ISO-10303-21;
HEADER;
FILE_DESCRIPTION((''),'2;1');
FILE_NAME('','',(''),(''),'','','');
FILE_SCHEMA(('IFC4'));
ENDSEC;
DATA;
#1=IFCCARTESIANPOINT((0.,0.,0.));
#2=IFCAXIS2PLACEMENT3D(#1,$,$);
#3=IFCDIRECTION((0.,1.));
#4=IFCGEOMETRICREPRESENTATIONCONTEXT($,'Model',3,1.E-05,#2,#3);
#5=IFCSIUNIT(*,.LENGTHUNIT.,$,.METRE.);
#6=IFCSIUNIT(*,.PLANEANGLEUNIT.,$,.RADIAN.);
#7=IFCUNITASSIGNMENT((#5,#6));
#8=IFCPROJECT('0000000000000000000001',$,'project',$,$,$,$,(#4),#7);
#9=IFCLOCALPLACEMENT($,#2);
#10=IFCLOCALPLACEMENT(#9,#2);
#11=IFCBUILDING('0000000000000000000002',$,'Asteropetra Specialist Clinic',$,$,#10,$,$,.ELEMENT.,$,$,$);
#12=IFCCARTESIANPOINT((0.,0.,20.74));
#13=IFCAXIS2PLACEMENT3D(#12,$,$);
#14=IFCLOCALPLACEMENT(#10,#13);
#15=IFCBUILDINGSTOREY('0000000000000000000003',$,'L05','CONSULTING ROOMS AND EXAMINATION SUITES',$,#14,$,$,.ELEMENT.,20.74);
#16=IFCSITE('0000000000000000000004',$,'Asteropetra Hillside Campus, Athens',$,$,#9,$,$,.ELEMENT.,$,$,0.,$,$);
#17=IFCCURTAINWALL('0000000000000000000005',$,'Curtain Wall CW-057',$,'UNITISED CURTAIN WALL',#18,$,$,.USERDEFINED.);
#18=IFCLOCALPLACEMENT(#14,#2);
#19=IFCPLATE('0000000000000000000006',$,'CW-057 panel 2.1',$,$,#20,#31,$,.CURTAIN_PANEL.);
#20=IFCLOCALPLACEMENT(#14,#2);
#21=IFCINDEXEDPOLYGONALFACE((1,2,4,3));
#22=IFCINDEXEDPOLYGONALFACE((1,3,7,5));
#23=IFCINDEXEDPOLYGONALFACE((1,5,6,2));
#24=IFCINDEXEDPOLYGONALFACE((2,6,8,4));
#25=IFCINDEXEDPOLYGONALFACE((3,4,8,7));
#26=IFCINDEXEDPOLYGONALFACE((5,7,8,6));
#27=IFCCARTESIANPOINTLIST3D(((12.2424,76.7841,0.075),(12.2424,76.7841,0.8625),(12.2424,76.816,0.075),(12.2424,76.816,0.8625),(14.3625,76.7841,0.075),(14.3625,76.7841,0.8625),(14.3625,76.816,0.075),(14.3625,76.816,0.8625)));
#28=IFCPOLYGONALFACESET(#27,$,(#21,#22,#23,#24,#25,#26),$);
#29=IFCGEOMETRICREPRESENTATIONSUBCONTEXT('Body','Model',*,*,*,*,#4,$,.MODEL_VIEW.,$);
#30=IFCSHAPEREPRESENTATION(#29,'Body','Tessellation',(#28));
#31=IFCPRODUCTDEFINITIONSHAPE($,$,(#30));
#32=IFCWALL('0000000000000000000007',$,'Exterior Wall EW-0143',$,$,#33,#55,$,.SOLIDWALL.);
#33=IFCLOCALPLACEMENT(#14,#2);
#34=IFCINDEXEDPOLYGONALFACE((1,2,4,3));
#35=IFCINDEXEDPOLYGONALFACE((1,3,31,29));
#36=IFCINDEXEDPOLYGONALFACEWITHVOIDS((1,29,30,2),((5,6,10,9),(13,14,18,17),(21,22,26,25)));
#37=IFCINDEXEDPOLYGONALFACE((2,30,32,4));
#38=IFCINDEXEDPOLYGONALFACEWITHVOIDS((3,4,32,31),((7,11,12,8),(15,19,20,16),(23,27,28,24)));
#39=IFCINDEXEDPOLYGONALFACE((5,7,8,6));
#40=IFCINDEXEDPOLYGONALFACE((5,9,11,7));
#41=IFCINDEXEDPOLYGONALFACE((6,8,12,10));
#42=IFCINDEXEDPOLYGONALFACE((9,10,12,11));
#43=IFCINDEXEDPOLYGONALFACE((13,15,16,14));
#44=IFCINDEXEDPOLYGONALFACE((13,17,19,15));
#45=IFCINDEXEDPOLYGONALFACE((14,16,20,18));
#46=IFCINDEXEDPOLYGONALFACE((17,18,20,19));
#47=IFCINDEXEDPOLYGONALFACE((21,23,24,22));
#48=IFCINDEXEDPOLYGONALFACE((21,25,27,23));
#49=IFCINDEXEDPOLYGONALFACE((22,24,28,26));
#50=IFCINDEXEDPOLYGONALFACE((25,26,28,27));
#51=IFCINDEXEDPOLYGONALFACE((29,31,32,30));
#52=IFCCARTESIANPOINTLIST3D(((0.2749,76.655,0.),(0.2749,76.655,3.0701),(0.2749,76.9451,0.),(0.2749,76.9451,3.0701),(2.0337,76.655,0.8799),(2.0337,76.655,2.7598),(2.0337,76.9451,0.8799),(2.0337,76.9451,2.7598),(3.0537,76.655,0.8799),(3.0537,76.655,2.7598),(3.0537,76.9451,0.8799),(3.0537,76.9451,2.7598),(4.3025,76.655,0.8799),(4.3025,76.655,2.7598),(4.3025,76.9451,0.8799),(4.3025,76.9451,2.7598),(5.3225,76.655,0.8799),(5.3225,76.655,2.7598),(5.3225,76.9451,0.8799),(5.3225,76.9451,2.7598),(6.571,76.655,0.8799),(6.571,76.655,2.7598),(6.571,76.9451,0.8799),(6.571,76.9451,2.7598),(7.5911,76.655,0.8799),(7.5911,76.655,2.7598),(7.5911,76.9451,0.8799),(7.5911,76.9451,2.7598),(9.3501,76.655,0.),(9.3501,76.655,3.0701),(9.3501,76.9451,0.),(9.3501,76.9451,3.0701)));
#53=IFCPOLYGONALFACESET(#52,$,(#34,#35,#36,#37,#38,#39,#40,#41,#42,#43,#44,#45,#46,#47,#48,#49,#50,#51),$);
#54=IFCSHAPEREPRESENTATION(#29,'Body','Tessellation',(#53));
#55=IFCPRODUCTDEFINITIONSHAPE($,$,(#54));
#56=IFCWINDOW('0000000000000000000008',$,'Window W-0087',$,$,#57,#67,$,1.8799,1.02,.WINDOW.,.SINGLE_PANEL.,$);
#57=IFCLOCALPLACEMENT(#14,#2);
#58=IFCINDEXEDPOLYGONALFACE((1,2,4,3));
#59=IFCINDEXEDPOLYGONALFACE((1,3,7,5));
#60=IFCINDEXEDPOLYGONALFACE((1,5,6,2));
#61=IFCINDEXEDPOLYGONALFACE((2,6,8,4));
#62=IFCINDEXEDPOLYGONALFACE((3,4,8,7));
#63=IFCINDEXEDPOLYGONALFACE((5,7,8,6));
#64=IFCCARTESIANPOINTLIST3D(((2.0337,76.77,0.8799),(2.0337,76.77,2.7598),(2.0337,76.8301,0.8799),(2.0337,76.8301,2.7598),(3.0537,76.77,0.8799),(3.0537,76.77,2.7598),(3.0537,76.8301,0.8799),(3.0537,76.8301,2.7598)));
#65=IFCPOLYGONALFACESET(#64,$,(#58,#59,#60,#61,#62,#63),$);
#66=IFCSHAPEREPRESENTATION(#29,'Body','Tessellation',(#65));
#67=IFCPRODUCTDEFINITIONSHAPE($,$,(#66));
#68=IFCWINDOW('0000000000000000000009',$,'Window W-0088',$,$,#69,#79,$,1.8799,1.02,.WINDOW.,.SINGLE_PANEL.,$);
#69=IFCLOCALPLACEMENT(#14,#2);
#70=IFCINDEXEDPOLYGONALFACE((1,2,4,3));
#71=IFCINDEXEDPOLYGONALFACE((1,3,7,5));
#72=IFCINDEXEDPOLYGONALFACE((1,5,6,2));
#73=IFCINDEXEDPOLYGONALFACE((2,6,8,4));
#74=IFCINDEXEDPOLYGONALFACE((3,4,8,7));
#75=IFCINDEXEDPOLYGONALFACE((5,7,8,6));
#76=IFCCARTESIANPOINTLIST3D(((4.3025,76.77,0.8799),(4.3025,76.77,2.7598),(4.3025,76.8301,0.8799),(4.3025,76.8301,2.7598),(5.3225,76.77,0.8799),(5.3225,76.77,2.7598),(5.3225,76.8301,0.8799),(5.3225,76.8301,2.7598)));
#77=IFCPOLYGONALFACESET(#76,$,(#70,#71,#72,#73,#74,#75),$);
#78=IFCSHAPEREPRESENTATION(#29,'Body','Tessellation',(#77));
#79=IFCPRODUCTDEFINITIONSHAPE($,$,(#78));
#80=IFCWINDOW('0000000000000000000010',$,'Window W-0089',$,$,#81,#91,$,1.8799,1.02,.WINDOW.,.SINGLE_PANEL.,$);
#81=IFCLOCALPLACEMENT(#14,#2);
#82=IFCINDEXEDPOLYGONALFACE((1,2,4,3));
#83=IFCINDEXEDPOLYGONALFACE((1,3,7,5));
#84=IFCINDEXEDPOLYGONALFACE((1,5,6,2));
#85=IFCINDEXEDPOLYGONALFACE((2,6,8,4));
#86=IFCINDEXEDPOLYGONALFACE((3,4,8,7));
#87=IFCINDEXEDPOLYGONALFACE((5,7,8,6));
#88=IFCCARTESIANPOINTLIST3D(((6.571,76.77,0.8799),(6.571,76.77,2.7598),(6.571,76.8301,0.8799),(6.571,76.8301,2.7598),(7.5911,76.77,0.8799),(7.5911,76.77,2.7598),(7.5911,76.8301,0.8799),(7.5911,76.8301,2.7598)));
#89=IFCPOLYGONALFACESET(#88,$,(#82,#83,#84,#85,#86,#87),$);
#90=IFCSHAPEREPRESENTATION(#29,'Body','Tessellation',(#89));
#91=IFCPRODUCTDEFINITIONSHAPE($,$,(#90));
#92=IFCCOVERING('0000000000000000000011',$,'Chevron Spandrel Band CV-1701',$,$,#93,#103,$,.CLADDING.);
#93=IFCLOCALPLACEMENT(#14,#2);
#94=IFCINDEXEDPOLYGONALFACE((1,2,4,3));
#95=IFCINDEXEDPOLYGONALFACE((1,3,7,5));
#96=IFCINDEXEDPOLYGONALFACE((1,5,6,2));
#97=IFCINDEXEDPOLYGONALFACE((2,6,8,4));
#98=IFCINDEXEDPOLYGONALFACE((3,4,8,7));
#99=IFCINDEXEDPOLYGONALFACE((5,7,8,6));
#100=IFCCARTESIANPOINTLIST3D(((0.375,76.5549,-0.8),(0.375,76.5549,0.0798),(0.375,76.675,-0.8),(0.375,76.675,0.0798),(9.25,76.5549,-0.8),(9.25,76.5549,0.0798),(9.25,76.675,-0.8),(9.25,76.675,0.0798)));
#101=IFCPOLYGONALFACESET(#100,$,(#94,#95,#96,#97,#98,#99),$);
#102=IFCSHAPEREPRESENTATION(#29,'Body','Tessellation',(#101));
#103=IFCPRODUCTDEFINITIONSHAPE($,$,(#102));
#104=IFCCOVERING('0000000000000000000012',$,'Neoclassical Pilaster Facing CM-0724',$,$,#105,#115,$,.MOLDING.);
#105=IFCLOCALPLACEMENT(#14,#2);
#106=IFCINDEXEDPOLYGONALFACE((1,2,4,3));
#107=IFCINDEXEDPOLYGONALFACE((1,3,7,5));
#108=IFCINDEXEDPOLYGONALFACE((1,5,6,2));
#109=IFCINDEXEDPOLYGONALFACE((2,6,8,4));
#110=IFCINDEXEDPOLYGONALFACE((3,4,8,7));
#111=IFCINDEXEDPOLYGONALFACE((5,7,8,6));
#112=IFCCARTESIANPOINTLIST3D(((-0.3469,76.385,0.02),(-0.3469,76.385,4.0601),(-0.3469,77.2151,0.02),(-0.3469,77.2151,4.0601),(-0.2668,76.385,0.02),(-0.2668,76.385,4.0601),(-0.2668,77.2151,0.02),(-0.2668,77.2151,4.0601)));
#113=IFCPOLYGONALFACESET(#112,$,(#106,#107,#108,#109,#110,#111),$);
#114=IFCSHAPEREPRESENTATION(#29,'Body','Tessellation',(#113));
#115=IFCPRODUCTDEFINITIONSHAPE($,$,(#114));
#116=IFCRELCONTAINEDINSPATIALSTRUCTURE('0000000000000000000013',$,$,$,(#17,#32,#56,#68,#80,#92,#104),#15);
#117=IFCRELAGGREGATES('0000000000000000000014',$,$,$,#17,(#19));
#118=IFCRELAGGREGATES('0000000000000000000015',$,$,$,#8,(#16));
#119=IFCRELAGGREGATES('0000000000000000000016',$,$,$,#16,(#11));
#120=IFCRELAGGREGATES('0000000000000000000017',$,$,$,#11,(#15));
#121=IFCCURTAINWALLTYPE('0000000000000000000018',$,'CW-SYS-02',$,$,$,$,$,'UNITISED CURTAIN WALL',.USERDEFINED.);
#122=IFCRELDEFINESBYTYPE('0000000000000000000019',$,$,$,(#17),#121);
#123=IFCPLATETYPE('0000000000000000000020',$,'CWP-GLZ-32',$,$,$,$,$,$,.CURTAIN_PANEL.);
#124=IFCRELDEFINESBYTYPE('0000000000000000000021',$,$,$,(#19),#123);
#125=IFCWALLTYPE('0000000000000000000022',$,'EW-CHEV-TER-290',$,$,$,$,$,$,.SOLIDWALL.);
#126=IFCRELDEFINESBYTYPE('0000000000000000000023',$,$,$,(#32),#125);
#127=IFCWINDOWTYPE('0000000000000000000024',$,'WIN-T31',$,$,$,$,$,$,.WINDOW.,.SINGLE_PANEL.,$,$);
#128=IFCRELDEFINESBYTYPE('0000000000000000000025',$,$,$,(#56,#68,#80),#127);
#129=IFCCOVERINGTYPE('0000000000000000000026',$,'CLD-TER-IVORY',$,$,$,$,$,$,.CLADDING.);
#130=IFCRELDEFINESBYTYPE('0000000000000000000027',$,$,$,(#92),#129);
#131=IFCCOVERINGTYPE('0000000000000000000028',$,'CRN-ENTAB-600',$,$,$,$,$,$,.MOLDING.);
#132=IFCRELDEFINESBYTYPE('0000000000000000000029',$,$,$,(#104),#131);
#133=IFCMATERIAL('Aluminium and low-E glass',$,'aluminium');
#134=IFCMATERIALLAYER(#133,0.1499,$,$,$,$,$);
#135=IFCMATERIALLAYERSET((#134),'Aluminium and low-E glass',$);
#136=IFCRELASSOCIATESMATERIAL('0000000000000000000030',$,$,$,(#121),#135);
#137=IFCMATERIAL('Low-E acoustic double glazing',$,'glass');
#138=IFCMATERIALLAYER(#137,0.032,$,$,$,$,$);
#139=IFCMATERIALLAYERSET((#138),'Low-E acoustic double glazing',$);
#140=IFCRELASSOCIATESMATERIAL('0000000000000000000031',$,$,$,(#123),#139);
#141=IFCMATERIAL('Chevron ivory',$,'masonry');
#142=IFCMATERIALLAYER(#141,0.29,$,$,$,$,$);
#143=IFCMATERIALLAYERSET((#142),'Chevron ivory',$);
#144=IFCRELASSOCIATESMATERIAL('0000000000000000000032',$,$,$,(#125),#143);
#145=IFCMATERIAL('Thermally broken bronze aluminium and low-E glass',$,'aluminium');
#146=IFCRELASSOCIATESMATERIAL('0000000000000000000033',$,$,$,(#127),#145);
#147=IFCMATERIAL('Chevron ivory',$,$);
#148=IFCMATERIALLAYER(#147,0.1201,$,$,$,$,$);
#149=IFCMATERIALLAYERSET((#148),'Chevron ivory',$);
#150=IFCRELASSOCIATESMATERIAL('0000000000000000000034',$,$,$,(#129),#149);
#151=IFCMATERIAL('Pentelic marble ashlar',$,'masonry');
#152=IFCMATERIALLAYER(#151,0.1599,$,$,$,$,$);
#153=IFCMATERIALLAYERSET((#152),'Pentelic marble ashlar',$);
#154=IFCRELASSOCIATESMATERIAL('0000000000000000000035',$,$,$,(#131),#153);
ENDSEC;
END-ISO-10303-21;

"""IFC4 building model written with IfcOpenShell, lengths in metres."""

from ifc_helpers import new_model, si_unit, direction, frame, frame_2d, origin, origin_2d, place, context, subcontext, project, spatial, rectangle, extrude, material, layer, layer_set, type_object, element, fill, aggregate, save


model = new_model("IFC4")

# Units and contexts
model_context = context("Model", 3, precision=1e-05, world=origin(), true_north=direction((0.0, 1.0)))
body_context = subcontext(model_context, "Body", "Model", "MODEL_VIEW")
ifc_project = project(units=[si_unit("LENGTHUNIT", "METRE"), si_unit("PLANEANGLEUNIT", "RADIAN")], contexts=[model_context])

# Site, building, storey
site_placement = place(None, origin())
site = spatial("IfcSite", under=ifc_project, at=site_placement, Name="Asteropetra Hillside Campus, Athens", CompositionType="ELEMENT", RefElevation=0.0)
building_placement = place(site_placement, origin())
building = spatial("IfcBuilding", under=site, at=building_placement, Name="Asteropetra Specialist Clinic", CompositionType="ELEMENT")
storey_placement = place(building_placement, frame((0.0, 0.0, 20.74)))
storey = spatial("IfcBuildingStorey", under=building, at=storey_placement, Name="L05", Description="CONSULTING ROOMS AND EXAMINATION SUITES", CompositionType="ELEMENT", Elevation=20.74)

# Curtain wall
ifc_material_1 = material(Name="Aluminium and low-E glass", Category="aluminium")
ifc_layer_1 = layer(ifc_material_1, 0.1499)
ifc_layer_set_1 = layer_set([ifc_layer_1], Name="Aluminium and low-E glass")
curtain_wall_type = type_object("IfcCurtainWallType", Name="CW-SYS-02", ElementType="UNITISED CURTAIN WALL", PredefinedType="USERDEFINED", material=ifc_layer_set_1)
curtain_wall_placement = place(storey_placement, origin())
curtain_wall = element("IfcCurtainWall", 1, at=curtain_wall_placement, inside=storey, type_object=curtain_wall_type, Name="Curtain Wall CW-057", ObjectType="UNITISED CURTAIN WALL", PredefinedType="USERDEFINED")

# Plate
ifc_material_2 = material(Name="Low-E acoustic double glazing", Category="glass")
ifc_layer_2 = layer(ifc_material_2, 0.032)
ifc_layer_set_2 = layer_set([ifc_layer_2], Name="Low-E acoustic double glazing")
plate_type = type_object("IfcPlateType", Name="CWP-GLZ-32", PredefinedType="CURTAIN_PANEL", material=ifc_layer_set_2)
plate_1_placement = place(storey_placement, frame((13.3025, 76.8, 0.075), z_axis=(0.0, 0.0, 1.0), x_axis=(1.0, 0.0, 0.0)))
plate_1 = element("IfcPlate", 2, at=plate_1_placement, type_object=plate_type, Name="CW-057 panel 2.1", PredefinedType="CURTAIN_PANEL", context=body_context, shape_type="SweptSolid", body=[
    extrude(rectangle(XDim=2.1201, YDim=0.032, at=origin_2d()), origin(), (0.0, 0.0, 1.0), 0.7876),
])
aggregate(curtain_wall, [plate_1])

# Wall, openings, windows
ifc_material_3 = material(Name="Chevron ivory", Category="masonry")
ifc_layer_3 = layer(ifc_material_3, 0.29)
ifc_layer_set_3 = layer_set([ifc_layer_3], Name="Chevron ivory")
wall_type = type_object("IfcWallType", Name="EW-CHEV-TER-290", PredefinedType="SOLIDWALL", material=ifc_layer_set_3)
wall_placement = place(storey_placement, frame((0.2749, 76.8, 0.0), z_axis=(0.0, 0.0, 1.0), x_axis=(1.0, 0.0, 0.0)))
wall = element("IfcWall", 3, at=wall_placement, inside=storey, type_object=wall_type, Name="Exterior Wall EW-0143", PredefinedType="SOLIDWALL", context=body_context, shape_type="SweptSolid", body=[
    extrude(rectangle(XDim=9.0752, YDim=0.29, at=frame_2d((4.5376, 0.0))), origin(), (0.0, 0.0, 1.0), 3.0701),
])
opening_1_placement = place(wall_placement, frame((1.7588, 0.0, 0.8799)))
opening_1 = element("IfcOpeningElement", 4, at=opening_1_placement, cuts=wall, PredefinedType="OPENING", context=body_context, shape_type="SweptSolid", body=[
    extrude(rectangle(XDim=1.02, YDim=1.8799, at=frame_2d((0.51, 0.9399))), frame((0.0, 0.155, 0.0), z_axis=(0.0, -1.0, 0.0), x_axis=(1.0, 0.0, 0.0)), (0.0, 0.0, 1.0), 0.3101),
])
opening_2_placement = place(wall_placement, frame((4.0276, 0.0, 0.8799)))
opening_2 = element("IfcOpeningElement", 5, at=opening_2_placement, cuts=wall, PredefinedType="OPENING", context=body_context, shape_type="SweptSolid", body=[
    extrude(rectangle(XDim=1.02, YDim=1.8799, at=frame_2d((0.51, 0.9399))), frame((0.0, 0.155, 0.0), z_axis=(0.0, -1.0, 0.0), x_axis=(1.0, 0.0, 0.0)), (0.0, 0.0, 1.0), 0.3101),
])
opening_3_placement = place(wall_placement, frame((6.2961, 0.0, 0.8799)))
opening_3 = element("IfcOpeningElement", 6, at=opening_3_placement, cuts=wall, PredefinedType="OPENING", context=body_context, shape_type="SweptSolid", body=[
    extrude(rectangle(XDim=1.02, YDim=1.8799, at=frame_2d((0.51, 0.9399))), frame((0.0, 0.155, 0.0), z_axis=(0.0, -1.0, 0.0), x_axis=(1.0, 0.0, 0.0)), (0.0, 0.0, 1.0), 0.3101),
])
ifc_material_4 = material(Name="Thermally broken bronze aluminium and low-E glass", Category="aluminium")
window_type = type_object("IfcWindowType", Name="WIN-T31", PartitioningType="SINGLE_PANEL", PredefinedType="WINDOW", material=ifc_material_4)
window_1_placement = place(opening_1_placement, origin())
window_1 = element("IfcWindow", 7, at=window_1_placement, inside=storey, type_object=window_type, Name="Window W-0087", OverallHeight=1.8799, OverallWidth=1.02, PartitioningType="SINGLE_PANEL", PredefinedType="WINDOW", context=body_context, shape_type="SweptSolid", body=[
    extrude(rectangle(XDim=1.02, YDim=1.8799, at=frame_2d((0.51, 0.9399))), frame((0.0, 0.03, 0.0), z_axis=(0.0, -1.0, 0.0), x_axis=(1.0, 0.0, 0.0)), (0.0, 0.0, 1.0), 0.0601),
])
fill(opening_1, window_1)
window_2_placement = place(opening_2_placement, origin())
window_2 = element("IfcWindow", 8, at=window_2_placement, inside=storey, type_object=window_type, Name="Window W-0088", OverallHeight=1.8799, OverallWidth=1.02, PartitioningType="SINGLE_PANEL", PredefinedType="WINDOW", context=body_context, shape_type="SweptSolid", body=[
    extrude(rectangle(XDim=1.02, YDim=1.8799, at=frame_2d((0.51, 0.9399))), frame((0.0, 0.03, 0.0), z_axis=(0.0, -1.0, 0.0), x_axis=(1.0, 0.0, 0.0)), (0.0, 0.0, 1.0), 0.0601),
])
fill(opening_2, window_2)
window_3_placement = place(opening_3_placement, origin())
window_3 = element("IfcWindow", 9, at=window_3_placement, inside=storey, type_object=window_type, Name="Window W-0089", OverallHeight=1.8799, OverallWidth=1.02, PartitioningType="SINGLE_PANEL", PredefinedType="WINDOW", context=body_context, shape_type="SweptSolid", body=[
    extrude(rectangle(XDim=1.02, YDim=1.8799, at=frame_2d((0.51, 0.9399))), frame((0.0, 0.03, 0.0), z_axis=(0.0, -1.0, 0.0), x_axis=(1.0, 0.0, 0.0)), (0.0, 0.0, 1.0), 0.0601),
])
fill(opening_3, window_3)

# Coverings
ifc_material_5 = material(Name="Chevron ivory")
ifc_layer_4 = layer(ifc_material_5, 0.1201)
ifc_layer_set_4 = layer_set([ifc_layer_4], Name="Chevron ivory")
covering_type_1 = type_object("IfcCoveringType", Name="CLD-TER-IVORY", PredefinedType="CLADDING", material=ifc_layer_set_4)
covering_1_placement = place(storey_placement, frame((4.8125, 76.615, -0.8), z_axis=(0.0, 0.0, 1.0), x_axis=(1.0, 0.0, 0.0)))
element("IfcCovering", 10, at=covering_1_placement, inside=storey, type_object=covering_type_1, Name="Chevron Spandrel Band CV-1701", PredefinedType="CLADDING", context=body_context, shape_type="SweptSolid", body=[
    extrude(rectangle(XDim=8.875, YDim=0.1201, at=origin_2d()), origin(), (0.0, 0.0, 1.0), 0.8799),
])
ifc_material_6 = material(Name="Pentelic marble ashlar", Category="masonry")
ifc_layer_5 = layer(ifc_material_6, 0.1599)
ifc_layer_set_5 = layer_set([ifc_layer_5], Name="Pentelic marble ashlar")
covering_type_2 = type_object("IfcCoveringType", Name="CRN-ENTAB-600", PredefinedType="MOLDING", material=ifc_layer_set_5)
covering_2_placement = place(storey_placement, frame((-0.3069, 76.8, 0.02), z_axis=(0.0, 0.0, 1.0), x_axis=(1.0, 0.0, 0.0)))
element("IfcCovering", 11, at=covering_2_placement, inside=storey, type_object=covering_type_2, Name="Neoclassical Pilaster Facing CM-0724", PredefinedType="MOLDING", context=body_context, shape_type="SweptSolid", body=[
    extrude(rectangle(XDim=0.0801, YDim=0.8301, at=origin_2d()), origin(), (0.0, 0.0, 1.0), 4.04),
])

save(model, "model.ifc")
